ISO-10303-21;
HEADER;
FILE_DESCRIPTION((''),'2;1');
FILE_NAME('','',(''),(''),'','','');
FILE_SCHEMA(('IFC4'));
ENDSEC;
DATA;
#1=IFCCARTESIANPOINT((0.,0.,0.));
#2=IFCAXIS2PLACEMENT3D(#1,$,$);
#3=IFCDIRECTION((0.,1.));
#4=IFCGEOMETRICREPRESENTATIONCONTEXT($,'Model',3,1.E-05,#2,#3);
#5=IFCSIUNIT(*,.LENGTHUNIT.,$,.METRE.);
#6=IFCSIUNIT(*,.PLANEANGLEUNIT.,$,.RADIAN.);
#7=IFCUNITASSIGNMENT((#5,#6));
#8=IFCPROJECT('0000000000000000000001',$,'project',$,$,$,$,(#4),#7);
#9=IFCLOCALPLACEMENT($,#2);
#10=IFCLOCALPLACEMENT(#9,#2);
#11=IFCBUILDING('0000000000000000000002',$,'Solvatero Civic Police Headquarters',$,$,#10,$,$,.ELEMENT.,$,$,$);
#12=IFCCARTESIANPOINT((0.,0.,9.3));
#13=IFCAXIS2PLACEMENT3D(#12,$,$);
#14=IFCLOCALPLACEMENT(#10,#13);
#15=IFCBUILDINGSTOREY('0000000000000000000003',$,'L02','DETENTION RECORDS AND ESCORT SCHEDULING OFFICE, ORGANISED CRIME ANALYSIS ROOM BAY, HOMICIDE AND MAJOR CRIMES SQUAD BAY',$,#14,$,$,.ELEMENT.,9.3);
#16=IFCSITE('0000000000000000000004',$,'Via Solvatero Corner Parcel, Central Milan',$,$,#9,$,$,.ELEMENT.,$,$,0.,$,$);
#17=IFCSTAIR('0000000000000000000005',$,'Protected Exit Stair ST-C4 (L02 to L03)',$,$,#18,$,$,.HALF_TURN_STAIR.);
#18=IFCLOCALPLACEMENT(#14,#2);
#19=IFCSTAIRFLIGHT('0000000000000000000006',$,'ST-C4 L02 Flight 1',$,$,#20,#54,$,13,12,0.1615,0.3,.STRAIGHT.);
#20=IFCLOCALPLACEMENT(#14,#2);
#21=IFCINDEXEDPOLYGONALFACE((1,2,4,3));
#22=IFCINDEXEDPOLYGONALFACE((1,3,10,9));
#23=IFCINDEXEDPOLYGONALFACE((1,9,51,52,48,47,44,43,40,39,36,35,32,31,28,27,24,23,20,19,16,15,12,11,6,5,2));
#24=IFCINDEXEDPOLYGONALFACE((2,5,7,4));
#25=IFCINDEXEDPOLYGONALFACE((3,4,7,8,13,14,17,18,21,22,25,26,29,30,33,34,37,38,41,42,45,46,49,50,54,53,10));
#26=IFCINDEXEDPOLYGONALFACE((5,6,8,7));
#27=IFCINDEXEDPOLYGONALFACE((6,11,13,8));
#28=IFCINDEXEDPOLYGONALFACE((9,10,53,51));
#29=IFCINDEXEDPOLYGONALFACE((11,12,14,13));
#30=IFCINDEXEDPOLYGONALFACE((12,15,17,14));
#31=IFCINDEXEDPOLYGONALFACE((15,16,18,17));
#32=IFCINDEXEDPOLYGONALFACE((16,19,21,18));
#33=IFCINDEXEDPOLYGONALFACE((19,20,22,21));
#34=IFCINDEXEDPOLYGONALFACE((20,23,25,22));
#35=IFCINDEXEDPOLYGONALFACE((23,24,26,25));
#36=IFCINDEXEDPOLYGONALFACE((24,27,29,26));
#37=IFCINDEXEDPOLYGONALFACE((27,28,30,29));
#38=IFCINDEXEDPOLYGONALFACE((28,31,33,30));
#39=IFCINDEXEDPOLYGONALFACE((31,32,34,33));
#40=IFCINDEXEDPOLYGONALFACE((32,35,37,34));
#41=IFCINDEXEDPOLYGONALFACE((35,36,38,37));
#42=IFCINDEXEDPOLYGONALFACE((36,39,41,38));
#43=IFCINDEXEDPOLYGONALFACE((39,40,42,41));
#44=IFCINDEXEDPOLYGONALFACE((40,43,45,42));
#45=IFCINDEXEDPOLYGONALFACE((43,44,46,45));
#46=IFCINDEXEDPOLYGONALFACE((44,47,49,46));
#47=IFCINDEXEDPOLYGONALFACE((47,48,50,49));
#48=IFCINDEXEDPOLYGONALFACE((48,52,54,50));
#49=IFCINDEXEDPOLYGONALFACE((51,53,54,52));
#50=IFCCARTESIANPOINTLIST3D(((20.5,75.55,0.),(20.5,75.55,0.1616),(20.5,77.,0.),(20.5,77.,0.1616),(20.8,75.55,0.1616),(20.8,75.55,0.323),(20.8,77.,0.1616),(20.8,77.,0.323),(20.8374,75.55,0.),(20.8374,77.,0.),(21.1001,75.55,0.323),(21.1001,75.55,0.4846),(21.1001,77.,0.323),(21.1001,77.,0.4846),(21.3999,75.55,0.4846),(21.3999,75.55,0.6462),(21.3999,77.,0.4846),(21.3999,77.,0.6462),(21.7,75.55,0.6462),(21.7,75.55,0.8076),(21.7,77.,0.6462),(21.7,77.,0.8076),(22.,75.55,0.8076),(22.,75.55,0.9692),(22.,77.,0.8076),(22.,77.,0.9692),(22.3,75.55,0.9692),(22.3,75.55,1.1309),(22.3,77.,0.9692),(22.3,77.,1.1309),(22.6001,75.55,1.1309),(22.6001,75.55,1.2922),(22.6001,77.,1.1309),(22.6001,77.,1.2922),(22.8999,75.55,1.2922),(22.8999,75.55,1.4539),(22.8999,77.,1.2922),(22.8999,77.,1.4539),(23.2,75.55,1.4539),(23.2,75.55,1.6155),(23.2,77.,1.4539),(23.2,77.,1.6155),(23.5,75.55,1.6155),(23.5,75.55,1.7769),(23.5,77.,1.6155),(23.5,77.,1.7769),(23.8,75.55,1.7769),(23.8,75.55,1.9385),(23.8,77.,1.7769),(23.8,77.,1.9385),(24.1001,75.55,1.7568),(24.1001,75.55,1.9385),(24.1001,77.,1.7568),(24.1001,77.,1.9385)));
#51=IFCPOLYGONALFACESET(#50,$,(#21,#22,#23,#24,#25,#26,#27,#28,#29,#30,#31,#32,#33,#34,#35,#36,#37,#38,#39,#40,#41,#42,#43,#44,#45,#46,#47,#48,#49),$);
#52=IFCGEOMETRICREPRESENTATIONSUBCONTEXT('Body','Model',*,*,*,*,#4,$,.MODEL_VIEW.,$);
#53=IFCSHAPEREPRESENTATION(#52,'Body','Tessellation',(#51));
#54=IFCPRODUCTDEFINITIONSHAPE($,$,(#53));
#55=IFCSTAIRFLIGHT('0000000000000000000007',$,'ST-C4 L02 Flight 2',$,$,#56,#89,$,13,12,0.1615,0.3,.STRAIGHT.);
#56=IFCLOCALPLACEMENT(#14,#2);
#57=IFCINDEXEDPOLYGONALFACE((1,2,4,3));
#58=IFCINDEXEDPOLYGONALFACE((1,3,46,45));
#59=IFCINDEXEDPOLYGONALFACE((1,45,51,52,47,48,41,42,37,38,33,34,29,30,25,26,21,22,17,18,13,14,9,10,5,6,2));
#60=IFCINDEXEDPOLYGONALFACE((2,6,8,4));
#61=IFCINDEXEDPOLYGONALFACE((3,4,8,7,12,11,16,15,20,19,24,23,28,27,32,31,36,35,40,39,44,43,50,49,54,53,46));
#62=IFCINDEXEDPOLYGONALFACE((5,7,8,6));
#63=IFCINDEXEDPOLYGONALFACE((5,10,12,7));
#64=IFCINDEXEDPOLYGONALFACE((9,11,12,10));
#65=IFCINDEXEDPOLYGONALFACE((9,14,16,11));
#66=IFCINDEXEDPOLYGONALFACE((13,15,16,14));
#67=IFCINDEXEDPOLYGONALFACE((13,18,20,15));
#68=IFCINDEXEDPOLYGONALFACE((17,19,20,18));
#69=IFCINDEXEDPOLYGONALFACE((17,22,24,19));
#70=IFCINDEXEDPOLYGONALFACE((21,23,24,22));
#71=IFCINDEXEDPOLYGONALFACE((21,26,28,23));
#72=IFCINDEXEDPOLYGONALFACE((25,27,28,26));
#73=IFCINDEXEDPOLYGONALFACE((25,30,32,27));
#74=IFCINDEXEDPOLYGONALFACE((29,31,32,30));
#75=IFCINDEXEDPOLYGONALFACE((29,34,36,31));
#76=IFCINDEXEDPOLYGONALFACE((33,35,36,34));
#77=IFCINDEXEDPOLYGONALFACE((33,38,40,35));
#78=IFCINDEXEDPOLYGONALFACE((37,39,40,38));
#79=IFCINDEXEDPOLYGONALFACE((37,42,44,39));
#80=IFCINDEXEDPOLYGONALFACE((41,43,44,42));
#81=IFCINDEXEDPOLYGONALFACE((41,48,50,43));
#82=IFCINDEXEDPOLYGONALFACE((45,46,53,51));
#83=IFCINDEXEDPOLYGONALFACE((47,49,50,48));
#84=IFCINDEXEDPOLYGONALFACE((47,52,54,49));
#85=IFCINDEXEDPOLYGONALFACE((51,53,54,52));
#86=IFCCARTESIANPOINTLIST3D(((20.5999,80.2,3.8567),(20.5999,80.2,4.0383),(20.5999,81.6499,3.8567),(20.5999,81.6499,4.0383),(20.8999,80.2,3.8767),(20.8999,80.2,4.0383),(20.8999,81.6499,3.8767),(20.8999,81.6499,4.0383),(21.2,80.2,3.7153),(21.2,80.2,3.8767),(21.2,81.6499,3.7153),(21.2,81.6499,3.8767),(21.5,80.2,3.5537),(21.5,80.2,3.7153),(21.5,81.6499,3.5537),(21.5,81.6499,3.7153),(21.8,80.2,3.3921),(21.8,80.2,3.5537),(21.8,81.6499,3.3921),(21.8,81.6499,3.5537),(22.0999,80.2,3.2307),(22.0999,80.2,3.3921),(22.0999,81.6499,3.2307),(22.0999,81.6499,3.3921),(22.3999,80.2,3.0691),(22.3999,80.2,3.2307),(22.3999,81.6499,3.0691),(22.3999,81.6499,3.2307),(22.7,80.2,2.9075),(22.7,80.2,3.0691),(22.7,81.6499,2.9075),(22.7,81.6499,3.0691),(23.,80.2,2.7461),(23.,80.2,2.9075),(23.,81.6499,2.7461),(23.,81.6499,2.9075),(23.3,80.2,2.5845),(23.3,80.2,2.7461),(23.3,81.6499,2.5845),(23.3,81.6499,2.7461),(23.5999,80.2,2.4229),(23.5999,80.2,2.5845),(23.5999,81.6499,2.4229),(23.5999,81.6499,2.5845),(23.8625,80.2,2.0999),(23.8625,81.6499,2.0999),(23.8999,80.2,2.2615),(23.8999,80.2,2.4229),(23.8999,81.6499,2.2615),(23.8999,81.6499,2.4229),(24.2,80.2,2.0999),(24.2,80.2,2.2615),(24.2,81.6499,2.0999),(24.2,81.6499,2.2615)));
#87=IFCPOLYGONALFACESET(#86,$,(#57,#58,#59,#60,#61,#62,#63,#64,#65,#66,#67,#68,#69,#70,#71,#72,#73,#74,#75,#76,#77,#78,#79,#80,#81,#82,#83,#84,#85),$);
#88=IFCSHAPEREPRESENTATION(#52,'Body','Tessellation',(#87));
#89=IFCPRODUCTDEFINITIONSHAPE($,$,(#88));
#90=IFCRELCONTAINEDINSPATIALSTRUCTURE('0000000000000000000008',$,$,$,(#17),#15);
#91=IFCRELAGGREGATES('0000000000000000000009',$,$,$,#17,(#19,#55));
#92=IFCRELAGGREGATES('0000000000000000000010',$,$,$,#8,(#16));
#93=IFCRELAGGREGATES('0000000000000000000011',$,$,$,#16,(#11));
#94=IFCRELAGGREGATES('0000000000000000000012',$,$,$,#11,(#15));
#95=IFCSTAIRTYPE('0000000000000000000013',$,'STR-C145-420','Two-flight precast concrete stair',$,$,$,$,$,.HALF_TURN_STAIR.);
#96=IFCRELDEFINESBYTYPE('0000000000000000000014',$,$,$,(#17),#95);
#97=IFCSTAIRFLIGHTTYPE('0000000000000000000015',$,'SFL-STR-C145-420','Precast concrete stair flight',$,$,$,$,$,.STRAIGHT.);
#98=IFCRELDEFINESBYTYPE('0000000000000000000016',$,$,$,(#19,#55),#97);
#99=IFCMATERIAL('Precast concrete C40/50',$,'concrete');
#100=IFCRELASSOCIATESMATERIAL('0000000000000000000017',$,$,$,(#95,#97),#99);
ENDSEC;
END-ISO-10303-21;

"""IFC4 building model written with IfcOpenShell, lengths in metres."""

from ifc_helpers import new_model, si_unit, direction, frame, origin, place, context, subcontext, project, spatial, polyline, outline, extrude, material, type_object, element, aggregate, save


model = new_model("IFC4")

# Units and contexts
model_context = context("Model", 3, precision=1e-05, world=origin(), true_north=direction((0.0, 1.0)))
body_context = subcontext(model_context, "Body", "Model", "MODEL_VIEW")
ifc_project = project(units=[si_unit("LENGTHUNIT", "METRE"), si_unit("PLANEANGLEUNIT", "RADIAN")], contexts=[model_context])

# Site, building, storey
site_placement = place(None, origin())
site = spatial("IfcSite", under=ifc_project, at=site_placement, Name="Via Solvatero Corner Parcel, Central Milan", CompositionType="ELEMENT", RefElevation=0.0)
building_placement = place(site_placement, origin())
building = spatial("IfcBuilding", under=site, at=building_placement, Name="Solvatero Civic Police Headquarters", CompositionType="ELEMENT")
storey_placement = place(building_placement, frame((0.0, 0.0, 9.3)))
storey = spatial("IfcBuildingStorey", under=building, at=storey_placement, Name="L02", Description="DETENTION RECORDS AND ESCORT SCHEDULING OFFICE, ORGANISED CRIME ANALYSIS ROOM BAY, HOMICIDE AND MAJOR CRIMES SQUAD BAY", CompositionType="ELEMENT", Elevation=9.3)

# Stair, stair flights
ifc_material_1 = material(Name="Precast concrete C40/50", Category="concrete")
stair_type = type_object("IfcStairType", Name="STR-C145-420", Description="Two-flight precast concrete stair", PredefinedType="HALF_TURN_STAIR", material=ifc_material_1)
stair_placement = place(storey_placement, origin())
stair = element("IfcStair", 1, at=stair_placement, inside=storey, type_object=stair_type, Name="Protected Exit Stair ST-C4 (L02 to L03)", PredefinedType="HALF_TURN_STAIR")
stair_flight_type = type_object("IfcStairFlightType", Name="SFL-STR-C145-420", Description="Precast concrete stair flight", PredefinedType="STRAIGHT", material=ifc_material_1)
stair_flight_1_placement = place(storey_placement, frame((20.5, 76.2749, 0.0), z_axis=(0.0, 0.0, 1.0), x_axis=(1.0, 0.0, 0.0)))
stair_flight_1 = element("IfcStairFlight", 2, at=stair_flight_1_placement, type_object=stair_flight_type, Name="ST-C4 L02 Flight 1", NumberOfRisers=13, NumberOfTreads=12, PredefinedType="STRAIGHT", RiserHeight=0.1615, TreadLength=0.3, context=body_context, shape_type="SweptSolid", body=[
    extrude(outline(polyline([(0.0, 0.0), (0.0, 0.1616), (0.3, 0.1616), (0.3, 0.323), (0.6001, 0.323), (0.6001, 0.4846), (0.8999, 0.4846), (0.8999, 0.6462), (1.2, 0.6462), (1.2, 0.8076), (1.5, 0.8076), (1.5, 0.9692), (1.8, 0.9692), (1.8, 1.1309), (2.1001, 1.1309), (2.1001, 1.2922), (2.3999, 1.2922), (2.3999, 1.4539), (2.7, 1.4539), (2.7, 1.6155), (3.0, 1.6155), (3.0, 1.7769), (3.3, 1.7769), (3.3, 1.9385), (3.6001, 1.9385), (3.6001, 2.1001), (3.6001, 1.7568), (0.3374, 0.0), (0.0, 0.0)])), frame((0.0, 0.7251, 0.0), z_axis=(0.0, -1.0, 0.0), x_axis=(1.0, 0.0, 0.0)), (0.0, 0.0, 1.0), 1.45),
])
stair_flight_2_placement = place(storey_placement, frame((24.2, 80.925, 2.0999), z_axis=(0.0, 0.0, 1.0), x_axis=(-1.0, 0.0, 0.0)))
stair_flight_2 = element("IfcStairFlight", 3, at=stair_flight_2_placement, type_object=stair_flight_type, Name="ST-C4 L02 Flight 2", NumberOfRisers=13, NumberOfTreads=12, PredefinedType="STRAIGHT", RiserHeight=0.1615, TreadLength=0.3, context=body_context, shape_type="SweptSolid", body=[
    extrude(outline(polyline([(0.0, 0.0), (0.0, 0.1616), (0.3, 0.1616), (0.3, 0.323), (0.6001, 0.323), (0.6001, 0.4846), (0.8999, 0.4846), (0.8999, 0.6462), (1.2, 0.6462), (1.2, 0.8076), (1.5, 0.8076), (1.5, 0.9692), (1.8, 0.9692), (1.8, 1.1309), (2.1001, 1.1309), (2.1001, 1.2922), (2.3999, 1.2922), (2.3999, 1.4539), (2.7, 1.4539), (2.7, 1.6155), (3.0, 1.6155), (3.0, 1.7769), (3.3, 1.7769), (3.3, 1.9385), (3.6001, 1.9385), (3.6001, 2.1001), (3.6001, 1.7568), (0.3374, 0.0), (0.0, 0.0)])), frame((0.0, 0.7251, 0.0), z_axis=(0.0, -1.0, 0.0), x_axis=(1.0, 0.0, 0.0)), (0.0, 0.0, 1.0), 1.45),
])
aggregate(stair, [stair_flight_1, stair_flight_2])

save(model, "model.ifc")
